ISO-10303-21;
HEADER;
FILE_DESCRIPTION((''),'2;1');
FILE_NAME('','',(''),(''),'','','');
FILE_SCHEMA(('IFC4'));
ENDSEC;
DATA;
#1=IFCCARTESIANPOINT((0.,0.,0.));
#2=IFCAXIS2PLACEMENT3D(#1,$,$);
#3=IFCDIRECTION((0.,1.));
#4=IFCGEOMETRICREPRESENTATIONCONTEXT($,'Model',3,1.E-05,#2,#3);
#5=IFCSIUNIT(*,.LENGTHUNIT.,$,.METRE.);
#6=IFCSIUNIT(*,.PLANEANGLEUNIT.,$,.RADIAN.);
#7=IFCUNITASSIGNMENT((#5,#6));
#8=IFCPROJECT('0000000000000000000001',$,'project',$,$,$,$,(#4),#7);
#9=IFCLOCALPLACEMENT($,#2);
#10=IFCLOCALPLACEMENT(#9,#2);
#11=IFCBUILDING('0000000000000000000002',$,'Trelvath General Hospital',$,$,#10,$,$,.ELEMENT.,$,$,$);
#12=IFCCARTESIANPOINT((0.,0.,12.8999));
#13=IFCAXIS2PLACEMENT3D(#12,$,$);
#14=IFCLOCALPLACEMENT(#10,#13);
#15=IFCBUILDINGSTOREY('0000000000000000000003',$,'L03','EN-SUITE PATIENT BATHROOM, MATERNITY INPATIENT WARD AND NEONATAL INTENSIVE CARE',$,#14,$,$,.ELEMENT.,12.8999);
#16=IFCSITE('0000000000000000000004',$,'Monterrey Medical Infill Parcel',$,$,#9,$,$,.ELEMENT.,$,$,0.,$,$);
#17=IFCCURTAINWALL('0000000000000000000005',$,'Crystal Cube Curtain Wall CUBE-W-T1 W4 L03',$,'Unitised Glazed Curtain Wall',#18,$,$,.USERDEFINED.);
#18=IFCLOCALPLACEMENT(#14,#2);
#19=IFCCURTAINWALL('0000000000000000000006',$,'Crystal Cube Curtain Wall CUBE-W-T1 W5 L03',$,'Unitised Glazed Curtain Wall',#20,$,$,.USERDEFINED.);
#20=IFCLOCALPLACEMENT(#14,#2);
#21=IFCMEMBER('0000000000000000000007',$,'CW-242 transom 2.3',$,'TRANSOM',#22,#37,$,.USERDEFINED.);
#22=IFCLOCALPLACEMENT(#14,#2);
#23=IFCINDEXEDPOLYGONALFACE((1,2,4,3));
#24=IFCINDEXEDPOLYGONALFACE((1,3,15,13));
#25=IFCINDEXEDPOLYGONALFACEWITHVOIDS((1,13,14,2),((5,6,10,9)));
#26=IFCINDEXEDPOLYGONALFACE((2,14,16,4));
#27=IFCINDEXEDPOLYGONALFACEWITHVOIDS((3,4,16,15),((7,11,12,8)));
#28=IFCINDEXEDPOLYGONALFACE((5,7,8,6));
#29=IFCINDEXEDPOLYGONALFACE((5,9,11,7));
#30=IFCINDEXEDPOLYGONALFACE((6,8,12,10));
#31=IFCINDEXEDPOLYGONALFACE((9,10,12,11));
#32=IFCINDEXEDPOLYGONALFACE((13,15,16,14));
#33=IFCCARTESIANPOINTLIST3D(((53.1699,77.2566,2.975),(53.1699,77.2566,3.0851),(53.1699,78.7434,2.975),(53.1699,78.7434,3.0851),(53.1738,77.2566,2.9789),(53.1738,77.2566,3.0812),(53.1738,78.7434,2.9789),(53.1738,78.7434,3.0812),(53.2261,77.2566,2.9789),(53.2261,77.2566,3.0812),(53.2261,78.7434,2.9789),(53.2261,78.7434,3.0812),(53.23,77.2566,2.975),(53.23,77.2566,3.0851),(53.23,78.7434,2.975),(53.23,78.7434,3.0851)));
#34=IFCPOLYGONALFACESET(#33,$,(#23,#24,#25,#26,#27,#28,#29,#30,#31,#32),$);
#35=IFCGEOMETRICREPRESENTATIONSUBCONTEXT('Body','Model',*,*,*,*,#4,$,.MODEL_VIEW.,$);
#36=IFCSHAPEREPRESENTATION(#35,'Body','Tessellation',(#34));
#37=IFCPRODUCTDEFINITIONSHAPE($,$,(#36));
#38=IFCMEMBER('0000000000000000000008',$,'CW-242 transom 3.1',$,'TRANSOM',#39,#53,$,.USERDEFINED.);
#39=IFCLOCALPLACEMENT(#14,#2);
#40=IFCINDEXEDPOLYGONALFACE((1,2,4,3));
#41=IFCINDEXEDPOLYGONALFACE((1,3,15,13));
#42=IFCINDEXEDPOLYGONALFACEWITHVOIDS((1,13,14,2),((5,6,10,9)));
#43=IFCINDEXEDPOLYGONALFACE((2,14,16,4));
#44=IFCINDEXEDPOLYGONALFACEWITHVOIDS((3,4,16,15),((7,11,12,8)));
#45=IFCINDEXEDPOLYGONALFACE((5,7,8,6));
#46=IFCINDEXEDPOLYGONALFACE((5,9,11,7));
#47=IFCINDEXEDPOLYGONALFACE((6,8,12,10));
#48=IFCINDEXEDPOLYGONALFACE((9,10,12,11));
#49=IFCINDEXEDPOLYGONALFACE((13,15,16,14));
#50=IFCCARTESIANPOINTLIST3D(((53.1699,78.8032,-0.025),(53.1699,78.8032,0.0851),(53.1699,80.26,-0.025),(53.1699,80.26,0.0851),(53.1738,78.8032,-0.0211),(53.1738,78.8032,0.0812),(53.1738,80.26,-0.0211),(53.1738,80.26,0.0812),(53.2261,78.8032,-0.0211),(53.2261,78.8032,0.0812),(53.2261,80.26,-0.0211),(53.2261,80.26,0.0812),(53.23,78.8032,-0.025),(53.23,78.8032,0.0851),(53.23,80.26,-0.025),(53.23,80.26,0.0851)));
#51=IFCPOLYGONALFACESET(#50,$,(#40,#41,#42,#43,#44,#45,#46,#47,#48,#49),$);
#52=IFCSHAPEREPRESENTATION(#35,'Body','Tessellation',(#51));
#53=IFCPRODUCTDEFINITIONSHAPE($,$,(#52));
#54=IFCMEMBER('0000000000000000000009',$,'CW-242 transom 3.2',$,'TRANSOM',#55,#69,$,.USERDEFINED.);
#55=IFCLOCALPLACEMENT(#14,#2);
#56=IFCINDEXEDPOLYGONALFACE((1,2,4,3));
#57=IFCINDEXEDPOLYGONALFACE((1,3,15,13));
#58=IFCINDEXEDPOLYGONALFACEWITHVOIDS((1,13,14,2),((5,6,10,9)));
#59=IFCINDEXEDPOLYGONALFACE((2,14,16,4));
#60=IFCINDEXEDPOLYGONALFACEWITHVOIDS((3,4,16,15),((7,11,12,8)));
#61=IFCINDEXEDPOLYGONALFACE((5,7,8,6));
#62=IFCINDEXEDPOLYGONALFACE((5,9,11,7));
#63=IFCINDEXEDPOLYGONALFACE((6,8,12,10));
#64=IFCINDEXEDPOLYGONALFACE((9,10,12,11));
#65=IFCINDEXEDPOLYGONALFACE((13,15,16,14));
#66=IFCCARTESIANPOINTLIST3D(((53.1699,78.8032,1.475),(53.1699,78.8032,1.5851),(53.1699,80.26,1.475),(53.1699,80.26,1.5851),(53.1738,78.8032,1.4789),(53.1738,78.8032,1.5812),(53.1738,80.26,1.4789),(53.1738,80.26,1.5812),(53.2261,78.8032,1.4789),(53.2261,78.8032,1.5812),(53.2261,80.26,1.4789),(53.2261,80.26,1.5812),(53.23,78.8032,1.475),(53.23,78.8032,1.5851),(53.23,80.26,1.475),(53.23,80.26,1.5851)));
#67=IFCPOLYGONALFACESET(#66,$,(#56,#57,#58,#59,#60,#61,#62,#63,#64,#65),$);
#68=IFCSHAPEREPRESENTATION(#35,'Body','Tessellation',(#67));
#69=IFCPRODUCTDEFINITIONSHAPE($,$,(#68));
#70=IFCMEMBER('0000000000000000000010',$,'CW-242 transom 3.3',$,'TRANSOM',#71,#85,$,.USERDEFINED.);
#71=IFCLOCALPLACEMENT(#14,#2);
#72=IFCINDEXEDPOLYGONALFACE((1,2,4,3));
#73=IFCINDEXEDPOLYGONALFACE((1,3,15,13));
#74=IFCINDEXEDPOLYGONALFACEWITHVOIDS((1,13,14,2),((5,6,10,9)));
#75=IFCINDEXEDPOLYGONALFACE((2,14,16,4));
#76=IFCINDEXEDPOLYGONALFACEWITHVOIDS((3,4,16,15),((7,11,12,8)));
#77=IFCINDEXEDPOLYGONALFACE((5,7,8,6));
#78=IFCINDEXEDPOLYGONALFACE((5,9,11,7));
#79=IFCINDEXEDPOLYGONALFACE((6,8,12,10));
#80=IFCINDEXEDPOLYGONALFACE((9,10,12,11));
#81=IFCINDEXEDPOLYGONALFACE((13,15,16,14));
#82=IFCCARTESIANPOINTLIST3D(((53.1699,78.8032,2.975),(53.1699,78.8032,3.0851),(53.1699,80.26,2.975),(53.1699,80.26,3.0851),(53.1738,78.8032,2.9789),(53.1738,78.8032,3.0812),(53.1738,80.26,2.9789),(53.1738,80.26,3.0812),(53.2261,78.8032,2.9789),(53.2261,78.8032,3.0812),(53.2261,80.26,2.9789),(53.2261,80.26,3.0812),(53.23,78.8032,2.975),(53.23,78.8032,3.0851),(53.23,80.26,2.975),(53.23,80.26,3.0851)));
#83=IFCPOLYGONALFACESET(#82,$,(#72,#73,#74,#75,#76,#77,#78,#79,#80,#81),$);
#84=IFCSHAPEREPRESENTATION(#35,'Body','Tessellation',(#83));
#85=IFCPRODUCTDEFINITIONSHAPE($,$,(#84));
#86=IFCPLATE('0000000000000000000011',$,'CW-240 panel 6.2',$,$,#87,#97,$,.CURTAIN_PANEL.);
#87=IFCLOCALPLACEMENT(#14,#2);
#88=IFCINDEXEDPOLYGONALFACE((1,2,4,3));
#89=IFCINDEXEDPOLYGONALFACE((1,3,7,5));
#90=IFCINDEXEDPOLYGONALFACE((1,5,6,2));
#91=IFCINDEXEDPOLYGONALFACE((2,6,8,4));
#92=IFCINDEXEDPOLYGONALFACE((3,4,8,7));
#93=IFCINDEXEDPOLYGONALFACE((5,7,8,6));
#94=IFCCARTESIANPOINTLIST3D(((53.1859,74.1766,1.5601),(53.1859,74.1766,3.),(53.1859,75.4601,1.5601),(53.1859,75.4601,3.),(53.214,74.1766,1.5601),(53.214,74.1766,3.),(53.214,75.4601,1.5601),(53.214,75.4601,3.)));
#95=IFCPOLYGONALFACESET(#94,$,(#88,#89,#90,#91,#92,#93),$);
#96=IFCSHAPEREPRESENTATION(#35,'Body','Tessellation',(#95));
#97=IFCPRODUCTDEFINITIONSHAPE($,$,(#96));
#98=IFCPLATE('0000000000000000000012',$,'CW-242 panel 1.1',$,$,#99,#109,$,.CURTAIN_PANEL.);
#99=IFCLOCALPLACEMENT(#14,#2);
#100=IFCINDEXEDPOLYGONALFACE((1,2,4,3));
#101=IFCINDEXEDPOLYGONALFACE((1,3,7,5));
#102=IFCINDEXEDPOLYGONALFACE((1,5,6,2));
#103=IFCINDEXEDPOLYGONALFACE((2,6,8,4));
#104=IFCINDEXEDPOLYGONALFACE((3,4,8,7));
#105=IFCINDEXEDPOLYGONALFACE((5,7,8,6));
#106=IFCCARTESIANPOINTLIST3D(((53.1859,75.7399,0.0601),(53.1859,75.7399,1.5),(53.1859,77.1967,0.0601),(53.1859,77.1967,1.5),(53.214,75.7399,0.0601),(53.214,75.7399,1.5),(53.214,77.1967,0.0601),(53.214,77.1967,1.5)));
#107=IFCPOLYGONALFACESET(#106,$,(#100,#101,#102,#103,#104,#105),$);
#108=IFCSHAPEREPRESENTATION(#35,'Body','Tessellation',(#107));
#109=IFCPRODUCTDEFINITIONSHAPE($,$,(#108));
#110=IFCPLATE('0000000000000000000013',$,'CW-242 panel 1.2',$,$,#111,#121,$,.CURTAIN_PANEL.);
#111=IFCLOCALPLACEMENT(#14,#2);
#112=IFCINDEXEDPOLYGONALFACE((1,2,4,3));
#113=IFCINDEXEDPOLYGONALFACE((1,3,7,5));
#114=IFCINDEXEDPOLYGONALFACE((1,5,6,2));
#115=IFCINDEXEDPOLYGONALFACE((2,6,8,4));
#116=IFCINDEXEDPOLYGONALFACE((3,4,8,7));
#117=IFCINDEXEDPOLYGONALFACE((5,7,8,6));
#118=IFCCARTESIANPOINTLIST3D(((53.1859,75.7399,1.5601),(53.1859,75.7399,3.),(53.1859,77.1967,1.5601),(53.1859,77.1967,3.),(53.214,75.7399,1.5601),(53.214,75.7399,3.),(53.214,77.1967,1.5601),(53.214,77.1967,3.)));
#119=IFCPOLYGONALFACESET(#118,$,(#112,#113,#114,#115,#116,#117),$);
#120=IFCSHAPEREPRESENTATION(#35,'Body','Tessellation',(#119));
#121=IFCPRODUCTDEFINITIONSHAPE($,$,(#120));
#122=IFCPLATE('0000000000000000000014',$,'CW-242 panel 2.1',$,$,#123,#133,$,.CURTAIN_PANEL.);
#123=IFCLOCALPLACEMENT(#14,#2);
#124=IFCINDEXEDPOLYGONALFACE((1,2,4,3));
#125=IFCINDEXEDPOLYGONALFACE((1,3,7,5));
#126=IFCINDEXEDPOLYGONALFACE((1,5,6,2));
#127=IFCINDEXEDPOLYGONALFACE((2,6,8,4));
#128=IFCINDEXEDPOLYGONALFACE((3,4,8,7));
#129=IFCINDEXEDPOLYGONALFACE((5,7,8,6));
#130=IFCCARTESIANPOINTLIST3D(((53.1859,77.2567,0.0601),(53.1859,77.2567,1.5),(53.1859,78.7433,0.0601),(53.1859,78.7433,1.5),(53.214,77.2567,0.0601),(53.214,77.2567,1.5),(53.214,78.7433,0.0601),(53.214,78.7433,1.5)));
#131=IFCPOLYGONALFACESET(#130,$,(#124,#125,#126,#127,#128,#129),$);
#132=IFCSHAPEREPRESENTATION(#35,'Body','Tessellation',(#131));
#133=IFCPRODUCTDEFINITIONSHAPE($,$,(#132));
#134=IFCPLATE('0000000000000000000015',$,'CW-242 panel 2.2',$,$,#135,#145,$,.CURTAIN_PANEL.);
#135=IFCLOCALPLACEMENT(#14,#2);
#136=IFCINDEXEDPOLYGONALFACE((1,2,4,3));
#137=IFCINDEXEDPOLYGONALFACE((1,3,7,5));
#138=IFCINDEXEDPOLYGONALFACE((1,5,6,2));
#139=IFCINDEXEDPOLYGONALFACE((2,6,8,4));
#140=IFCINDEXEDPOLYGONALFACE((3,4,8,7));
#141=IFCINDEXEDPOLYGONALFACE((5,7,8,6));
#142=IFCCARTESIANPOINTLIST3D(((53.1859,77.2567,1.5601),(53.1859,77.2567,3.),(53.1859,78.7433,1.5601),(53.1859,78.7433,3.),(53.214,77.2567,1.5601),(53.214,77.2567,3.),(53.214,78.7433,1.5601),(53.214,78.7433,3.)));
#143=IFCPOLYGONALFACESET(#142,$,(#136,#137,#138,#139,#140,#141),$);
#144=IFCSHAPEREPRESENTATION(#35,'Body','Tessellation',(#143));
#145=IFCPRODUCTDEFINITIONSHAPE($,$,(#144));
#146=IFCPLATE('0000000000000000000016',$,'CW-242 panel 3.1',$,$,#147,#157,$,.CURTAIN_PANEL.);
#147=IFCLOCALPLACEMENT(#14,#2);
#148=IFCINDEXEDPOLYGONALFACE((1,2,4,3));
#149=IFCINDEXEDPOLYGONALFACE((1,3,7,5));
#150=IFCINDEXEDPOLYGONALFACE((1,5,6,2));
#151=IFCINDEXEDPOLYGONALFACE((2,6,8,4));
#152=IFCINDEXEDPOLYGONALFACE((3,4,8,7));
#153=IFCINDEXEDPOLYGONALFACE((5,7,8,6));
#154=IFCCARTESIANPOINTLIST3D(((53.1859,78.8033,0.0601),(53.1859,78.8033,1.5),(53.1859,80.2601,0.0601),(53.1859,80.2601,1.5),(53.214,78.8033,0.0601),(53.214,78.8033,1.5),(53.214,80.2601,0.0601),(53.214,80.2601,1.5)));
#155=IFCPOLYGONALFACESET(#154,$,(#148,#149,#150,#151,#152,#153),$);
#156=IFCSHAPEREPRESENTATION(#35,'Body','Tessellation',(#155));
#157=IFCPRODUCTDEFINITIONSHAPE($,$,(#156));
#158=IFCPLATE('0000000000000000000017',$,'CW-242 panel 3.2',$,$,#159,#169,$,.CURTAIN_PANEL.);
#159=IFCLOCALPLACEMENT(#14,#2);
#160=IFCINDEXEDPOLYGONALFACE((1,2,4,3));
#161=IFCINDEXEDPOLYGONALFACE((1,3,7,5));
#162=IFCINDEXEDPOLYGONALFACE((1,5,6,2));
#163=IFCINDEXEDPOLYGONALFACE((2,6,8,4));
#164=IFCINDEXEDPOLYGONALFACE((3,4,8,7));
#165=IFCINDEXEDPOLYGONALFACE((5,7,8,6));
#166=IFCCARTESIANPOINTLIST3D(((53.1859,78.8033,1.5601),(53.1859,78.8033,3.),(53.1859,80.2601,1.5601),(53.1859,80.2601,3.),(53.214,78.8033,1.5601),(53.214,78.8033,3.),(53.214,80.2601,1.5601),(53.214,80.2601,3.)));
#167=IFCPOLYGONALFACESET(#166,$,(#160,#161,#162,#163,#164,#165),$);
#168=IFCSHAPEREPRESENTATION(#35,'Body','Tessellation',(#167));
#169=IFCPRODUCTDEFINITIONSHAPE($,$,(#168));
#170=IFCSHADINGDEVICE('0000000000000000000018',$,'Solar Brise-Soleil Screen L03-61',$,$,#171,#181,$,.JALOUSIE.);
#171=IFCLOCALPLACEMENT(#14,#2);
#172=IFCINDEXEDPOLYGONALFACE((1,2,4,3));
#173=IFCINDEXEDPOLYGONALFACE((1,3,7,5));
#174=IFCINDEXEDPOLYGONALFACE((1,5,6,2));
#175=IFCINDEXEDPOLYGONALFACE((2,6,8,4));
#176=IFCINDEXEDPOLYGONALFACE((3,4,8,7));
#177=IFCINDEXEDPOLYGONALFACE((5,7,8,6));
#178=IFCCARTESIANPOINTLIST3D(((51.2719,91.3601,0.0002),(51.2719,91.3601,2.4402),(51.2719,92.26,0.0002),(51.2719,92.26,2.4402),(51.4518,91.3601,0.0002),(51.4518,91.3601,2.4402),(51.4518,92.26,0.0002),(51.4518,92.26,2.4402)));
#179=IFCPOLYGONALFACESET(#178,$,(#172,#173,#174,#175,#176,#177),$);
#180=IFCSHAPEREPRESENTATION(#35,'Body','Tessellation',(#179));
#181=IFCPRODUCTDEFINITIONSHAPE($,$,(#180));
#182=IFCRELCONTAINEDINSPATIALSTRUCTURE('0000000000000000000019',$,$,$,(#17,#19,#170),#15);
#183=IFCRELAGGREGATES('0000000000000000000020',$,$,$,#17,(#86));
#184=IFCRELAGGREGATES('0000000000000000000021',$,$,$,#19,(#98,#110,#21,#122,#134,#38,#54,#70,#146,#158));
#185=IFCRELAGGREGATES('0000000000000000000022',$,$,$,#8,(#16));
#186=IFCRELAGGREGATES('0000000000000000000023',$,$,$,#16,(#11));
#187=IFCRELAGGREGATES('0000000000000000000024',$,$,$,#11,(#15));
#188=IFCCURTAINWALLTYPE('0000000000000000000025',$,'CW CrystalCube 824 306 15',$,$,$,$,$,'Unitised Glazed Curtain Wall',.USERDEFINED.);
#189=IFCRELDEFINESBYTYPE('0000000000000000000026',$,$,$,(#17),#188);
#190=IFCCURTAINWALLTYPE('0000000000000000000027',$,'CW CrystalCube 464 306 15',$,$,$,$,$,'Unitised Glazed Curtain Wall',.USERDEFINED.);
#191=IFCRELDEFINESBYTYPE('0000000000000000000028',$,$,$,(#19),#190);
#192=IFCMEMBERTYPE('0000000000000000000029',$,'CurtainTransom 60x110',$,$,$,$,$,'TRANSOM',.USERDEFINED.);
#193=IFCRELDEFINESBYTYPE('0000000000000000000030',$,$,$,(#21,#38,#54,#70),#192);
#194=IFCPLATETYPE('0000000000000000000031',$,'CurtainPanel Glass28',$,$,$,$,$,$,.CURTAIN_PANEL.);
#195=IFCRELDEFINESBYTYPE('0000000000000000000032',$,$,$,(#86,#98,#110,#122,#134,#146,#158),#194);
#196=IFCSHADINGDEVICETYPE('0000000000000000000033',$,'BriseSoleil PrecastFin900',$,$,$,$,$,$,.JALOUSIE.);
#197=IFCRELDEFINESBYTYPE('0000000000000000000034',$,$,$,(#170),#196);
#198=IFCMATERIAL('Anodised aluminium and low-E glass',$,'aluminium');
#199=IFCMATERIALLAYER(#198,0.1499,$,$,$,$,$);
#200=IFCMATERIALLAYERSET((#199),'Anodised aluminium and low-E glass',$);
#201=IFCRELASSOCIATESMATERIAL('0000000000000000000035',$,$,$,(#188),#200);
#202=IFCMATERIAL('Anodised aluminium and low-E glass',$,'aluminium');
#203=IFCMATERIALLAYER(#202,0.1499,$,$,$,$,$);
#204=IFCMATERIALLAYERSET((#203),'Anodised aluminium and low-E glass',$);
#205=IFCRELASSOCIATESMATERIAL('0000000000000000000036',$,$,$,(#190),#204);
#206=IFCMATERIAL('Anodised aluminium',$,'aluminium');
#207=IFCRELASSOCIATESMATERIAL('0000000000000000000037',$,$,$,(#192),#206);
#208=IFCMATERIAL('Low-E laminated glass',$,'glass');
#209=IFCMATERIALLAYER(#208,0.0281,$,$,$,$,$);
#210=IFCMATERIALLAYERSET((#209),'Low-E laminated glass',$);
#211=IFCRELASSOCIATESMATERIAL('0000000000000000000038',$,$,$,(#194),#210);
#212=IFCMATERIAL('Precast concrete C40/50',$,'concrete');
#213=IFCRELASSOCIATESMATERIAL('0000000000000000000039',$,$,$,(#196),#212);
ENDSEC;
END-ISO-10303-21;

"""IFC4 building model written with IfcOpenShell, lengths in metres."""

from ifc_helpers import new_model, si_unit, direction, frame, origin, origin_2d, place, context, subcontext, project, spatial, rectangle, hollow_rectangle, extrude, material, layer, layer_set, material_profile, profile_set, type_object, element, aggregate, save


model = new_model("IFC4")

# Units and contexts
model_context = context("Model", 3, precision=1e-05, world=origin(), true_north=direction((0.0, 1.0)))
body_context = subcontext(model_context, "Body", "Model", "MODEL_VIEW")
ifc_project = project(units=[si_unit("LENGTHUNIT", "METRE"), si_unit("PLANEANGLEUNIT", "RADIAN")], contexts=[model_context])

# Site, building, storey
site_placement = place(None, origin())
site = spatial("IfcSite", under=ifc_project, at=site_placement, Name="Monterrey Medical Infill Parcel", CompositionType="ELEMENT", RefElevation=0.0)
building_placement = place(site_placement, origin())
building = spatial("IfcBuilding", under=site, at=building_placement, Name="Trelvath General Hospital", CompositionType="ELEMENT")
storey_placement = place(building_placement, frame((0.0, 0.0, 12.8999)))
storey = spatial("IfcBuildingStorey", under=building, at=storey_placement, Name="L03", Description="EN-SUITE PATIENT BATHROOM, MATERNITY INPATIENT WARD AND NEONATAL INTENSIVE CARE", CompositionType="ELEMENT", Elevation=12.8999)

# Curtain wall
ifc_material_1 = material(Name="Anodised aluminium and low-E glass", Category="aluminium")
ifc_layer_1 = layer(ifc_material_1, 0.1499)
ifc_layer_set_1 = layer_set([ifc_layer_1], Name="Anodised aluminium and low-E glass")
curtain_wall_type_1 = type_object("IfcCurtainWallType", Name="CW CrystalCube 824 306 15", ElementType="Unitised Glazed Curtain Wall", PredefinedType="USERDEFINED", material=ifc_layer_set_1)
curtain_wall_1_placement = place(storey_placement, origin())
curtain_wall_1 = element("IfcCurtainWall", 1, at=curtain_wall_1_placement, inside=storey, type_object=curtain_wall_type_1, Name="Crystal Cube Curtain Wall CUBE-W-T1 W4 L03", ObjectType="Unitised Glazed Curtain Wall", PredefinedType="USERDEFINED")

# Curtain wall, members
ifc_material_2 = material(Name="Anodised aluminium and low-E glass", Category="aluminium")
ifc_layer_2 = layer(ifc_material_2, 0.1499)
ifc_layer_set_2 = layer_set([ifc_layer_2], Name="Anodised aluminium and low-E glass")
curtain_wall_type_2 = type_object("IfcCurtainWallType", Name="CW CrystalCube 464 306 15", ElementType="Unitised Glazed Curtain Wall", PredefinedType="USERDEFINED", material=ifc_layer_set_2)
curtain_wall_2_placement = place(storey_placement, origin())
curtain_wall_2 = element("IfcCurtainWall", 2, at=curtain_wall_2_placement, inside=storey, type_object=curtain_wall_type_2, Name="Crystal Cube Curtain Wall CUBE-W-T1 W5 L03", ObjectType="Unitised Glazed Curtain Wall", PredefinedType="USERDEFINED")
ifc_material_3 = material(Name="Anodised aluminium", Category="aluminium")
ifc_material_profile_1 = material_profile(ifc_material_3, hollow_rectangle(XDim=0.0601, YDim=0.1101, WallThickness=0.0039, at=origin_2d()), Name="RHS60x110x4")
ifc_profile_set_1 = profile_set([ifc_material_profile_1], Name="Anodised aluminium")
member_type_1 = type_object("IfcMemberType", Name="CurtainTransom 60x110", ElementType="TRANSOM", PredefinedType="USERDEFINED", material=ifc_profile_set_1)
member_1_placement = place(storey_placement, frame((53.2, 77.2566, 3.03), z_axis=(0.0, 1.0, 0.0), x_axis=(-1.0, 0.0, 0.0)))
member_1 = element("IfcMember", 3, at=member_1_placement, type_object=member_type_1, Name="CW-242 transom 2.3", ObjectType="TRANSOM", PredefinedType="USERDEFINED", context=body_context, shape_type="SweptSolid", body=[
    extrude(hollow_rectangle(XDim=0.0601, YDim=0.1101, WallThickness=0.0039, at=origin_2d()), origin(), (0.0, 0.0, 1.0), 1.4868),
])
member_2_placement = place(storey_placement, frame((53.2, 78.8032, 0.03), z_axis=(0.0, 1.0, 0.0), x_axis=(-1.0, 0.0, 0.0)))
member_2 = element("IfcMember", 4, at=member_2_placement, type_object=member_type_1, Name="CW-242 transom 3.1", ObjectType="TRANSOM", PredefinedType="USERDEFINED", context=body_context, shape_type="SweptSolid", body=[
    extrude(hollow_rectangle(XDim=0.0601, YDim=0.1101, WallThickness=0.0039, at=origin_2d()), origin(), (0.0, 0.0, 1.0), 1.4568),
])
member_3_placement = place(storey_placement, frame((53.2, 78.8032, 1.53), z_axis=(0.0, 1.0, 0.0), x_axis=(-1.0, 0.0, 0.0)))
member_3 = element("IfcMember", 5, at=member_3_placement, type_object=member_type_1, Name="CW-242 transom 3.2", ObjectType="TRANSOM", PredefinedType="USERDEFINED", context=body_context, shape_type="SweptSolid", body=[
    extrude(hollow_rectangle(XDim=0.0601, YDim=0.1101, WallThickness=0.0039, at=origin_2d()), origin(), (0.0, 0.0, 1.0), 1.4568),
])
member_4_placement = place(storey_placement, frame((53.2, 78.8032, 3.03), z_axis=(0.0, 1.0, 0.0), x_axis=(-1.0, 0.0, 0.0)))
member_4 = element("IfcMember", 6, at=member_4_placement, type_object=member_type_1, Name="CW-242 transom 3.3", ObjectType="TRANSOM", PredefinedType="USERDEFINED", context=body_context, shape_type="SweptSolid", body=[
    extrude(hollow_rectangle(XDim=0.0601, YDim=0.1101, WallThickness=0.0039, at=origin_2d()), origin(), (0.0, 0.0, 1.0), 1.4568),
])

# Plates
ifc_material_4 = material(Name="Low-E laminated glass", Category="glass")
ifc_layer_3 = layer(ifc_material_4, 0.0281)
ifc_layer_set_3 = layer_set([ifc_layer_3], Name="Low-E laminated glass")
plate_type = type_object("IfcPlateType", Name="CurtainPanel Glass28", PredefinedType="CURTAIN_PANEL", material=ifc_layer_set_3)
plate_1_placement = place(storey_placement, frame((53.2, 74.8184, 1.5601), z_axis=(0.0, 0.0, 1.0), x_axis=(0.0, 1.0, 0.0)))
plate_1 = element("IfcPlate", 7, at=plate_1_placement, type_object=plate_type, Name="CW-240 panel 6.2", PredefinedType="CURTAIN_PANEL", context=body_context, shape_type="SweptSolid", body=[
    extrude(rectangle(XDim=1.2834, YDim=0.0281, at=origin_2d()), origin(), (0.0, 0.0, 1.0), 1.4399),
])
aggregate(curtain_wall_1, [plate_1])
plate_2_placement = place(storey_placement, frame((53.2, 76.4683, 0.0601), z_axis=(0.0, 0.0, 1.0), x_axis=(0.0, 1.0, 0.0)))
plate_2 = element("IfcPlate", 8, at=plate_2_placement, type_object=plate_type, Name="CW-242 panel 1.1", PredefinedType="CURTAIN_PANEL", context=body_context, shape_type="SweptSolid", body=[
    extrude(rectangle(XDim=1.4568, YDim=0.0281, at=origin_2d()), origin(), (0.0, 0.0, 1.0), 1.4399),
])
plate_3_placement = place(storey_placement, frame((53.2, 76.4683, 1.5601), z_axis=(0.0, 0.0, 1.0), x_axis=(0.0, 1.0, 0.0)))
plate_3 = element("IfcPlate", 9, at=plate_3_placement, type_object=plate_type, Name="CW-242 panel 1.2", PredefinedType="CURTAIN_PANEL", context=body_context, shape_type="SweptSolid", body=[
    extrude(rectangle(XDim=1.4568, YDim=0.0281, at=origin_2d()), origin(), (0.0, 0.0, 1.0), 1.4399),
])
plate_4_placement = place(storey_placement, frame((53.2, 78.0, 0.0601), z_axis=(0.0, 0.0, 1.0), x_axis=(0.0, 1.0, 0.0)))
plate_4 = element("IfcPlate", 10, at=plate_4_placement, type_object=plate_type, Name="CW-242 panel 2.1", PredefinedType="CURTAIN_PANEL", context=body_context, shape_type="SweptSolid", body=[
    extrude(rectangle(XDim=1.4866, YDim=0.0281, at=origin_2d()), origin(), (0.0, 0.0, 1.0), 1.4399),
])
plate_5_placement = place(storey_placement, frame((53.2, 78.0, 1.5601), z_axis=(0.0, 0.0, 1.0), x_axis=(0.0, 1.0, 0.0)))
plate_5 = element("IfcPlate", 11, at=plate_5_placement, type_object=plate_type, Name="CW-242 panel 2.2", PredefinedType="CURTAIN_PANEL", context=body_context, shape_type="SweptSolid", body=[
    extrude(rectangle(XDim=1.4866, YDim=0.0281, at=origin_2d()), origin(), (0.0, 0.0, 1.0), 1.4399),
])
plate_6_placement = place(storey_placement, frame((53.2, 79.5317, 0.0601), z_axis=(0.0, 0.0, 1.0), x_axis=(0.0, 1.0, 0.0)))
plate_6 = element("IfcPlate", 12, at=plate_6_placement, type_object=plate_type, Name="CW-242 panel 3.1", PredefinedType="CURTAIN_PANEL", context=body_context, shape_type="SweptSolid", body=[
    extrude(rectangle(XDim=1.4568, YDim=0.0281, at=origin_2d()), origin(), (0.0, 0.0, 1.0), 1.4399),
])
plate_7_placement = place(storey_placement, frame((53.2, 79.5317, 1.5601), z_axis=(0.0, 0.0, 1.0), x_axis=(0.0, 1.0, 0.0)))
plate_7 = element("IfcPlate", 13, at=plate_7_placement, type_object=plate_type, Name="CW-242 panel 3.2", PredefinedType="CURTAIN_PANEL", context=body_context, shape_type="SweptSolid", body=[
    extrude(rectangle(XDim=1.4568, YDim=0.0281, at=origin_2d()), origin(), (0.0, 0.0, 1.0), 1.4399),
])
aggregate(curtain_wall_2, [plate_2, plate_3, member_1, plate_4, plate_5, member_2, member_3, member_4, plate_6, plate_7])

# Shading device
ifc_material_5 = material(Name="Precast concrete C40/50", Category="concrete")
shading_device_type = type_object("IfcShadingDeviceType", Name="BriseSoleil PrecastFin900", PredefinedType="JALOUSIE", material=ifc_material_5)
shading_device_placement = place(storey_placement, frame((51.3618, 91.8101, 0.0002), z_axis=(0.0, 0.0, 1.0), x_axis=(0.0, -1.0, 0.0)))
element("IfcShadingDevice", 14, at=shading_device_placement, inside=storey, type_object=shading_device_type, Name="Solar Brise-Soleil Screen L03-61", PredefinedType="JALOUSIE", context=body_context, shape_type="SweptSolid", body=[
    extrude(rectangle(XDim=0.8999, YDim=0.1799, at=origin_2d()), origin(), (0.0, 0.0, 1.0), 2.4399),
])

save(model, "model.ifc")
